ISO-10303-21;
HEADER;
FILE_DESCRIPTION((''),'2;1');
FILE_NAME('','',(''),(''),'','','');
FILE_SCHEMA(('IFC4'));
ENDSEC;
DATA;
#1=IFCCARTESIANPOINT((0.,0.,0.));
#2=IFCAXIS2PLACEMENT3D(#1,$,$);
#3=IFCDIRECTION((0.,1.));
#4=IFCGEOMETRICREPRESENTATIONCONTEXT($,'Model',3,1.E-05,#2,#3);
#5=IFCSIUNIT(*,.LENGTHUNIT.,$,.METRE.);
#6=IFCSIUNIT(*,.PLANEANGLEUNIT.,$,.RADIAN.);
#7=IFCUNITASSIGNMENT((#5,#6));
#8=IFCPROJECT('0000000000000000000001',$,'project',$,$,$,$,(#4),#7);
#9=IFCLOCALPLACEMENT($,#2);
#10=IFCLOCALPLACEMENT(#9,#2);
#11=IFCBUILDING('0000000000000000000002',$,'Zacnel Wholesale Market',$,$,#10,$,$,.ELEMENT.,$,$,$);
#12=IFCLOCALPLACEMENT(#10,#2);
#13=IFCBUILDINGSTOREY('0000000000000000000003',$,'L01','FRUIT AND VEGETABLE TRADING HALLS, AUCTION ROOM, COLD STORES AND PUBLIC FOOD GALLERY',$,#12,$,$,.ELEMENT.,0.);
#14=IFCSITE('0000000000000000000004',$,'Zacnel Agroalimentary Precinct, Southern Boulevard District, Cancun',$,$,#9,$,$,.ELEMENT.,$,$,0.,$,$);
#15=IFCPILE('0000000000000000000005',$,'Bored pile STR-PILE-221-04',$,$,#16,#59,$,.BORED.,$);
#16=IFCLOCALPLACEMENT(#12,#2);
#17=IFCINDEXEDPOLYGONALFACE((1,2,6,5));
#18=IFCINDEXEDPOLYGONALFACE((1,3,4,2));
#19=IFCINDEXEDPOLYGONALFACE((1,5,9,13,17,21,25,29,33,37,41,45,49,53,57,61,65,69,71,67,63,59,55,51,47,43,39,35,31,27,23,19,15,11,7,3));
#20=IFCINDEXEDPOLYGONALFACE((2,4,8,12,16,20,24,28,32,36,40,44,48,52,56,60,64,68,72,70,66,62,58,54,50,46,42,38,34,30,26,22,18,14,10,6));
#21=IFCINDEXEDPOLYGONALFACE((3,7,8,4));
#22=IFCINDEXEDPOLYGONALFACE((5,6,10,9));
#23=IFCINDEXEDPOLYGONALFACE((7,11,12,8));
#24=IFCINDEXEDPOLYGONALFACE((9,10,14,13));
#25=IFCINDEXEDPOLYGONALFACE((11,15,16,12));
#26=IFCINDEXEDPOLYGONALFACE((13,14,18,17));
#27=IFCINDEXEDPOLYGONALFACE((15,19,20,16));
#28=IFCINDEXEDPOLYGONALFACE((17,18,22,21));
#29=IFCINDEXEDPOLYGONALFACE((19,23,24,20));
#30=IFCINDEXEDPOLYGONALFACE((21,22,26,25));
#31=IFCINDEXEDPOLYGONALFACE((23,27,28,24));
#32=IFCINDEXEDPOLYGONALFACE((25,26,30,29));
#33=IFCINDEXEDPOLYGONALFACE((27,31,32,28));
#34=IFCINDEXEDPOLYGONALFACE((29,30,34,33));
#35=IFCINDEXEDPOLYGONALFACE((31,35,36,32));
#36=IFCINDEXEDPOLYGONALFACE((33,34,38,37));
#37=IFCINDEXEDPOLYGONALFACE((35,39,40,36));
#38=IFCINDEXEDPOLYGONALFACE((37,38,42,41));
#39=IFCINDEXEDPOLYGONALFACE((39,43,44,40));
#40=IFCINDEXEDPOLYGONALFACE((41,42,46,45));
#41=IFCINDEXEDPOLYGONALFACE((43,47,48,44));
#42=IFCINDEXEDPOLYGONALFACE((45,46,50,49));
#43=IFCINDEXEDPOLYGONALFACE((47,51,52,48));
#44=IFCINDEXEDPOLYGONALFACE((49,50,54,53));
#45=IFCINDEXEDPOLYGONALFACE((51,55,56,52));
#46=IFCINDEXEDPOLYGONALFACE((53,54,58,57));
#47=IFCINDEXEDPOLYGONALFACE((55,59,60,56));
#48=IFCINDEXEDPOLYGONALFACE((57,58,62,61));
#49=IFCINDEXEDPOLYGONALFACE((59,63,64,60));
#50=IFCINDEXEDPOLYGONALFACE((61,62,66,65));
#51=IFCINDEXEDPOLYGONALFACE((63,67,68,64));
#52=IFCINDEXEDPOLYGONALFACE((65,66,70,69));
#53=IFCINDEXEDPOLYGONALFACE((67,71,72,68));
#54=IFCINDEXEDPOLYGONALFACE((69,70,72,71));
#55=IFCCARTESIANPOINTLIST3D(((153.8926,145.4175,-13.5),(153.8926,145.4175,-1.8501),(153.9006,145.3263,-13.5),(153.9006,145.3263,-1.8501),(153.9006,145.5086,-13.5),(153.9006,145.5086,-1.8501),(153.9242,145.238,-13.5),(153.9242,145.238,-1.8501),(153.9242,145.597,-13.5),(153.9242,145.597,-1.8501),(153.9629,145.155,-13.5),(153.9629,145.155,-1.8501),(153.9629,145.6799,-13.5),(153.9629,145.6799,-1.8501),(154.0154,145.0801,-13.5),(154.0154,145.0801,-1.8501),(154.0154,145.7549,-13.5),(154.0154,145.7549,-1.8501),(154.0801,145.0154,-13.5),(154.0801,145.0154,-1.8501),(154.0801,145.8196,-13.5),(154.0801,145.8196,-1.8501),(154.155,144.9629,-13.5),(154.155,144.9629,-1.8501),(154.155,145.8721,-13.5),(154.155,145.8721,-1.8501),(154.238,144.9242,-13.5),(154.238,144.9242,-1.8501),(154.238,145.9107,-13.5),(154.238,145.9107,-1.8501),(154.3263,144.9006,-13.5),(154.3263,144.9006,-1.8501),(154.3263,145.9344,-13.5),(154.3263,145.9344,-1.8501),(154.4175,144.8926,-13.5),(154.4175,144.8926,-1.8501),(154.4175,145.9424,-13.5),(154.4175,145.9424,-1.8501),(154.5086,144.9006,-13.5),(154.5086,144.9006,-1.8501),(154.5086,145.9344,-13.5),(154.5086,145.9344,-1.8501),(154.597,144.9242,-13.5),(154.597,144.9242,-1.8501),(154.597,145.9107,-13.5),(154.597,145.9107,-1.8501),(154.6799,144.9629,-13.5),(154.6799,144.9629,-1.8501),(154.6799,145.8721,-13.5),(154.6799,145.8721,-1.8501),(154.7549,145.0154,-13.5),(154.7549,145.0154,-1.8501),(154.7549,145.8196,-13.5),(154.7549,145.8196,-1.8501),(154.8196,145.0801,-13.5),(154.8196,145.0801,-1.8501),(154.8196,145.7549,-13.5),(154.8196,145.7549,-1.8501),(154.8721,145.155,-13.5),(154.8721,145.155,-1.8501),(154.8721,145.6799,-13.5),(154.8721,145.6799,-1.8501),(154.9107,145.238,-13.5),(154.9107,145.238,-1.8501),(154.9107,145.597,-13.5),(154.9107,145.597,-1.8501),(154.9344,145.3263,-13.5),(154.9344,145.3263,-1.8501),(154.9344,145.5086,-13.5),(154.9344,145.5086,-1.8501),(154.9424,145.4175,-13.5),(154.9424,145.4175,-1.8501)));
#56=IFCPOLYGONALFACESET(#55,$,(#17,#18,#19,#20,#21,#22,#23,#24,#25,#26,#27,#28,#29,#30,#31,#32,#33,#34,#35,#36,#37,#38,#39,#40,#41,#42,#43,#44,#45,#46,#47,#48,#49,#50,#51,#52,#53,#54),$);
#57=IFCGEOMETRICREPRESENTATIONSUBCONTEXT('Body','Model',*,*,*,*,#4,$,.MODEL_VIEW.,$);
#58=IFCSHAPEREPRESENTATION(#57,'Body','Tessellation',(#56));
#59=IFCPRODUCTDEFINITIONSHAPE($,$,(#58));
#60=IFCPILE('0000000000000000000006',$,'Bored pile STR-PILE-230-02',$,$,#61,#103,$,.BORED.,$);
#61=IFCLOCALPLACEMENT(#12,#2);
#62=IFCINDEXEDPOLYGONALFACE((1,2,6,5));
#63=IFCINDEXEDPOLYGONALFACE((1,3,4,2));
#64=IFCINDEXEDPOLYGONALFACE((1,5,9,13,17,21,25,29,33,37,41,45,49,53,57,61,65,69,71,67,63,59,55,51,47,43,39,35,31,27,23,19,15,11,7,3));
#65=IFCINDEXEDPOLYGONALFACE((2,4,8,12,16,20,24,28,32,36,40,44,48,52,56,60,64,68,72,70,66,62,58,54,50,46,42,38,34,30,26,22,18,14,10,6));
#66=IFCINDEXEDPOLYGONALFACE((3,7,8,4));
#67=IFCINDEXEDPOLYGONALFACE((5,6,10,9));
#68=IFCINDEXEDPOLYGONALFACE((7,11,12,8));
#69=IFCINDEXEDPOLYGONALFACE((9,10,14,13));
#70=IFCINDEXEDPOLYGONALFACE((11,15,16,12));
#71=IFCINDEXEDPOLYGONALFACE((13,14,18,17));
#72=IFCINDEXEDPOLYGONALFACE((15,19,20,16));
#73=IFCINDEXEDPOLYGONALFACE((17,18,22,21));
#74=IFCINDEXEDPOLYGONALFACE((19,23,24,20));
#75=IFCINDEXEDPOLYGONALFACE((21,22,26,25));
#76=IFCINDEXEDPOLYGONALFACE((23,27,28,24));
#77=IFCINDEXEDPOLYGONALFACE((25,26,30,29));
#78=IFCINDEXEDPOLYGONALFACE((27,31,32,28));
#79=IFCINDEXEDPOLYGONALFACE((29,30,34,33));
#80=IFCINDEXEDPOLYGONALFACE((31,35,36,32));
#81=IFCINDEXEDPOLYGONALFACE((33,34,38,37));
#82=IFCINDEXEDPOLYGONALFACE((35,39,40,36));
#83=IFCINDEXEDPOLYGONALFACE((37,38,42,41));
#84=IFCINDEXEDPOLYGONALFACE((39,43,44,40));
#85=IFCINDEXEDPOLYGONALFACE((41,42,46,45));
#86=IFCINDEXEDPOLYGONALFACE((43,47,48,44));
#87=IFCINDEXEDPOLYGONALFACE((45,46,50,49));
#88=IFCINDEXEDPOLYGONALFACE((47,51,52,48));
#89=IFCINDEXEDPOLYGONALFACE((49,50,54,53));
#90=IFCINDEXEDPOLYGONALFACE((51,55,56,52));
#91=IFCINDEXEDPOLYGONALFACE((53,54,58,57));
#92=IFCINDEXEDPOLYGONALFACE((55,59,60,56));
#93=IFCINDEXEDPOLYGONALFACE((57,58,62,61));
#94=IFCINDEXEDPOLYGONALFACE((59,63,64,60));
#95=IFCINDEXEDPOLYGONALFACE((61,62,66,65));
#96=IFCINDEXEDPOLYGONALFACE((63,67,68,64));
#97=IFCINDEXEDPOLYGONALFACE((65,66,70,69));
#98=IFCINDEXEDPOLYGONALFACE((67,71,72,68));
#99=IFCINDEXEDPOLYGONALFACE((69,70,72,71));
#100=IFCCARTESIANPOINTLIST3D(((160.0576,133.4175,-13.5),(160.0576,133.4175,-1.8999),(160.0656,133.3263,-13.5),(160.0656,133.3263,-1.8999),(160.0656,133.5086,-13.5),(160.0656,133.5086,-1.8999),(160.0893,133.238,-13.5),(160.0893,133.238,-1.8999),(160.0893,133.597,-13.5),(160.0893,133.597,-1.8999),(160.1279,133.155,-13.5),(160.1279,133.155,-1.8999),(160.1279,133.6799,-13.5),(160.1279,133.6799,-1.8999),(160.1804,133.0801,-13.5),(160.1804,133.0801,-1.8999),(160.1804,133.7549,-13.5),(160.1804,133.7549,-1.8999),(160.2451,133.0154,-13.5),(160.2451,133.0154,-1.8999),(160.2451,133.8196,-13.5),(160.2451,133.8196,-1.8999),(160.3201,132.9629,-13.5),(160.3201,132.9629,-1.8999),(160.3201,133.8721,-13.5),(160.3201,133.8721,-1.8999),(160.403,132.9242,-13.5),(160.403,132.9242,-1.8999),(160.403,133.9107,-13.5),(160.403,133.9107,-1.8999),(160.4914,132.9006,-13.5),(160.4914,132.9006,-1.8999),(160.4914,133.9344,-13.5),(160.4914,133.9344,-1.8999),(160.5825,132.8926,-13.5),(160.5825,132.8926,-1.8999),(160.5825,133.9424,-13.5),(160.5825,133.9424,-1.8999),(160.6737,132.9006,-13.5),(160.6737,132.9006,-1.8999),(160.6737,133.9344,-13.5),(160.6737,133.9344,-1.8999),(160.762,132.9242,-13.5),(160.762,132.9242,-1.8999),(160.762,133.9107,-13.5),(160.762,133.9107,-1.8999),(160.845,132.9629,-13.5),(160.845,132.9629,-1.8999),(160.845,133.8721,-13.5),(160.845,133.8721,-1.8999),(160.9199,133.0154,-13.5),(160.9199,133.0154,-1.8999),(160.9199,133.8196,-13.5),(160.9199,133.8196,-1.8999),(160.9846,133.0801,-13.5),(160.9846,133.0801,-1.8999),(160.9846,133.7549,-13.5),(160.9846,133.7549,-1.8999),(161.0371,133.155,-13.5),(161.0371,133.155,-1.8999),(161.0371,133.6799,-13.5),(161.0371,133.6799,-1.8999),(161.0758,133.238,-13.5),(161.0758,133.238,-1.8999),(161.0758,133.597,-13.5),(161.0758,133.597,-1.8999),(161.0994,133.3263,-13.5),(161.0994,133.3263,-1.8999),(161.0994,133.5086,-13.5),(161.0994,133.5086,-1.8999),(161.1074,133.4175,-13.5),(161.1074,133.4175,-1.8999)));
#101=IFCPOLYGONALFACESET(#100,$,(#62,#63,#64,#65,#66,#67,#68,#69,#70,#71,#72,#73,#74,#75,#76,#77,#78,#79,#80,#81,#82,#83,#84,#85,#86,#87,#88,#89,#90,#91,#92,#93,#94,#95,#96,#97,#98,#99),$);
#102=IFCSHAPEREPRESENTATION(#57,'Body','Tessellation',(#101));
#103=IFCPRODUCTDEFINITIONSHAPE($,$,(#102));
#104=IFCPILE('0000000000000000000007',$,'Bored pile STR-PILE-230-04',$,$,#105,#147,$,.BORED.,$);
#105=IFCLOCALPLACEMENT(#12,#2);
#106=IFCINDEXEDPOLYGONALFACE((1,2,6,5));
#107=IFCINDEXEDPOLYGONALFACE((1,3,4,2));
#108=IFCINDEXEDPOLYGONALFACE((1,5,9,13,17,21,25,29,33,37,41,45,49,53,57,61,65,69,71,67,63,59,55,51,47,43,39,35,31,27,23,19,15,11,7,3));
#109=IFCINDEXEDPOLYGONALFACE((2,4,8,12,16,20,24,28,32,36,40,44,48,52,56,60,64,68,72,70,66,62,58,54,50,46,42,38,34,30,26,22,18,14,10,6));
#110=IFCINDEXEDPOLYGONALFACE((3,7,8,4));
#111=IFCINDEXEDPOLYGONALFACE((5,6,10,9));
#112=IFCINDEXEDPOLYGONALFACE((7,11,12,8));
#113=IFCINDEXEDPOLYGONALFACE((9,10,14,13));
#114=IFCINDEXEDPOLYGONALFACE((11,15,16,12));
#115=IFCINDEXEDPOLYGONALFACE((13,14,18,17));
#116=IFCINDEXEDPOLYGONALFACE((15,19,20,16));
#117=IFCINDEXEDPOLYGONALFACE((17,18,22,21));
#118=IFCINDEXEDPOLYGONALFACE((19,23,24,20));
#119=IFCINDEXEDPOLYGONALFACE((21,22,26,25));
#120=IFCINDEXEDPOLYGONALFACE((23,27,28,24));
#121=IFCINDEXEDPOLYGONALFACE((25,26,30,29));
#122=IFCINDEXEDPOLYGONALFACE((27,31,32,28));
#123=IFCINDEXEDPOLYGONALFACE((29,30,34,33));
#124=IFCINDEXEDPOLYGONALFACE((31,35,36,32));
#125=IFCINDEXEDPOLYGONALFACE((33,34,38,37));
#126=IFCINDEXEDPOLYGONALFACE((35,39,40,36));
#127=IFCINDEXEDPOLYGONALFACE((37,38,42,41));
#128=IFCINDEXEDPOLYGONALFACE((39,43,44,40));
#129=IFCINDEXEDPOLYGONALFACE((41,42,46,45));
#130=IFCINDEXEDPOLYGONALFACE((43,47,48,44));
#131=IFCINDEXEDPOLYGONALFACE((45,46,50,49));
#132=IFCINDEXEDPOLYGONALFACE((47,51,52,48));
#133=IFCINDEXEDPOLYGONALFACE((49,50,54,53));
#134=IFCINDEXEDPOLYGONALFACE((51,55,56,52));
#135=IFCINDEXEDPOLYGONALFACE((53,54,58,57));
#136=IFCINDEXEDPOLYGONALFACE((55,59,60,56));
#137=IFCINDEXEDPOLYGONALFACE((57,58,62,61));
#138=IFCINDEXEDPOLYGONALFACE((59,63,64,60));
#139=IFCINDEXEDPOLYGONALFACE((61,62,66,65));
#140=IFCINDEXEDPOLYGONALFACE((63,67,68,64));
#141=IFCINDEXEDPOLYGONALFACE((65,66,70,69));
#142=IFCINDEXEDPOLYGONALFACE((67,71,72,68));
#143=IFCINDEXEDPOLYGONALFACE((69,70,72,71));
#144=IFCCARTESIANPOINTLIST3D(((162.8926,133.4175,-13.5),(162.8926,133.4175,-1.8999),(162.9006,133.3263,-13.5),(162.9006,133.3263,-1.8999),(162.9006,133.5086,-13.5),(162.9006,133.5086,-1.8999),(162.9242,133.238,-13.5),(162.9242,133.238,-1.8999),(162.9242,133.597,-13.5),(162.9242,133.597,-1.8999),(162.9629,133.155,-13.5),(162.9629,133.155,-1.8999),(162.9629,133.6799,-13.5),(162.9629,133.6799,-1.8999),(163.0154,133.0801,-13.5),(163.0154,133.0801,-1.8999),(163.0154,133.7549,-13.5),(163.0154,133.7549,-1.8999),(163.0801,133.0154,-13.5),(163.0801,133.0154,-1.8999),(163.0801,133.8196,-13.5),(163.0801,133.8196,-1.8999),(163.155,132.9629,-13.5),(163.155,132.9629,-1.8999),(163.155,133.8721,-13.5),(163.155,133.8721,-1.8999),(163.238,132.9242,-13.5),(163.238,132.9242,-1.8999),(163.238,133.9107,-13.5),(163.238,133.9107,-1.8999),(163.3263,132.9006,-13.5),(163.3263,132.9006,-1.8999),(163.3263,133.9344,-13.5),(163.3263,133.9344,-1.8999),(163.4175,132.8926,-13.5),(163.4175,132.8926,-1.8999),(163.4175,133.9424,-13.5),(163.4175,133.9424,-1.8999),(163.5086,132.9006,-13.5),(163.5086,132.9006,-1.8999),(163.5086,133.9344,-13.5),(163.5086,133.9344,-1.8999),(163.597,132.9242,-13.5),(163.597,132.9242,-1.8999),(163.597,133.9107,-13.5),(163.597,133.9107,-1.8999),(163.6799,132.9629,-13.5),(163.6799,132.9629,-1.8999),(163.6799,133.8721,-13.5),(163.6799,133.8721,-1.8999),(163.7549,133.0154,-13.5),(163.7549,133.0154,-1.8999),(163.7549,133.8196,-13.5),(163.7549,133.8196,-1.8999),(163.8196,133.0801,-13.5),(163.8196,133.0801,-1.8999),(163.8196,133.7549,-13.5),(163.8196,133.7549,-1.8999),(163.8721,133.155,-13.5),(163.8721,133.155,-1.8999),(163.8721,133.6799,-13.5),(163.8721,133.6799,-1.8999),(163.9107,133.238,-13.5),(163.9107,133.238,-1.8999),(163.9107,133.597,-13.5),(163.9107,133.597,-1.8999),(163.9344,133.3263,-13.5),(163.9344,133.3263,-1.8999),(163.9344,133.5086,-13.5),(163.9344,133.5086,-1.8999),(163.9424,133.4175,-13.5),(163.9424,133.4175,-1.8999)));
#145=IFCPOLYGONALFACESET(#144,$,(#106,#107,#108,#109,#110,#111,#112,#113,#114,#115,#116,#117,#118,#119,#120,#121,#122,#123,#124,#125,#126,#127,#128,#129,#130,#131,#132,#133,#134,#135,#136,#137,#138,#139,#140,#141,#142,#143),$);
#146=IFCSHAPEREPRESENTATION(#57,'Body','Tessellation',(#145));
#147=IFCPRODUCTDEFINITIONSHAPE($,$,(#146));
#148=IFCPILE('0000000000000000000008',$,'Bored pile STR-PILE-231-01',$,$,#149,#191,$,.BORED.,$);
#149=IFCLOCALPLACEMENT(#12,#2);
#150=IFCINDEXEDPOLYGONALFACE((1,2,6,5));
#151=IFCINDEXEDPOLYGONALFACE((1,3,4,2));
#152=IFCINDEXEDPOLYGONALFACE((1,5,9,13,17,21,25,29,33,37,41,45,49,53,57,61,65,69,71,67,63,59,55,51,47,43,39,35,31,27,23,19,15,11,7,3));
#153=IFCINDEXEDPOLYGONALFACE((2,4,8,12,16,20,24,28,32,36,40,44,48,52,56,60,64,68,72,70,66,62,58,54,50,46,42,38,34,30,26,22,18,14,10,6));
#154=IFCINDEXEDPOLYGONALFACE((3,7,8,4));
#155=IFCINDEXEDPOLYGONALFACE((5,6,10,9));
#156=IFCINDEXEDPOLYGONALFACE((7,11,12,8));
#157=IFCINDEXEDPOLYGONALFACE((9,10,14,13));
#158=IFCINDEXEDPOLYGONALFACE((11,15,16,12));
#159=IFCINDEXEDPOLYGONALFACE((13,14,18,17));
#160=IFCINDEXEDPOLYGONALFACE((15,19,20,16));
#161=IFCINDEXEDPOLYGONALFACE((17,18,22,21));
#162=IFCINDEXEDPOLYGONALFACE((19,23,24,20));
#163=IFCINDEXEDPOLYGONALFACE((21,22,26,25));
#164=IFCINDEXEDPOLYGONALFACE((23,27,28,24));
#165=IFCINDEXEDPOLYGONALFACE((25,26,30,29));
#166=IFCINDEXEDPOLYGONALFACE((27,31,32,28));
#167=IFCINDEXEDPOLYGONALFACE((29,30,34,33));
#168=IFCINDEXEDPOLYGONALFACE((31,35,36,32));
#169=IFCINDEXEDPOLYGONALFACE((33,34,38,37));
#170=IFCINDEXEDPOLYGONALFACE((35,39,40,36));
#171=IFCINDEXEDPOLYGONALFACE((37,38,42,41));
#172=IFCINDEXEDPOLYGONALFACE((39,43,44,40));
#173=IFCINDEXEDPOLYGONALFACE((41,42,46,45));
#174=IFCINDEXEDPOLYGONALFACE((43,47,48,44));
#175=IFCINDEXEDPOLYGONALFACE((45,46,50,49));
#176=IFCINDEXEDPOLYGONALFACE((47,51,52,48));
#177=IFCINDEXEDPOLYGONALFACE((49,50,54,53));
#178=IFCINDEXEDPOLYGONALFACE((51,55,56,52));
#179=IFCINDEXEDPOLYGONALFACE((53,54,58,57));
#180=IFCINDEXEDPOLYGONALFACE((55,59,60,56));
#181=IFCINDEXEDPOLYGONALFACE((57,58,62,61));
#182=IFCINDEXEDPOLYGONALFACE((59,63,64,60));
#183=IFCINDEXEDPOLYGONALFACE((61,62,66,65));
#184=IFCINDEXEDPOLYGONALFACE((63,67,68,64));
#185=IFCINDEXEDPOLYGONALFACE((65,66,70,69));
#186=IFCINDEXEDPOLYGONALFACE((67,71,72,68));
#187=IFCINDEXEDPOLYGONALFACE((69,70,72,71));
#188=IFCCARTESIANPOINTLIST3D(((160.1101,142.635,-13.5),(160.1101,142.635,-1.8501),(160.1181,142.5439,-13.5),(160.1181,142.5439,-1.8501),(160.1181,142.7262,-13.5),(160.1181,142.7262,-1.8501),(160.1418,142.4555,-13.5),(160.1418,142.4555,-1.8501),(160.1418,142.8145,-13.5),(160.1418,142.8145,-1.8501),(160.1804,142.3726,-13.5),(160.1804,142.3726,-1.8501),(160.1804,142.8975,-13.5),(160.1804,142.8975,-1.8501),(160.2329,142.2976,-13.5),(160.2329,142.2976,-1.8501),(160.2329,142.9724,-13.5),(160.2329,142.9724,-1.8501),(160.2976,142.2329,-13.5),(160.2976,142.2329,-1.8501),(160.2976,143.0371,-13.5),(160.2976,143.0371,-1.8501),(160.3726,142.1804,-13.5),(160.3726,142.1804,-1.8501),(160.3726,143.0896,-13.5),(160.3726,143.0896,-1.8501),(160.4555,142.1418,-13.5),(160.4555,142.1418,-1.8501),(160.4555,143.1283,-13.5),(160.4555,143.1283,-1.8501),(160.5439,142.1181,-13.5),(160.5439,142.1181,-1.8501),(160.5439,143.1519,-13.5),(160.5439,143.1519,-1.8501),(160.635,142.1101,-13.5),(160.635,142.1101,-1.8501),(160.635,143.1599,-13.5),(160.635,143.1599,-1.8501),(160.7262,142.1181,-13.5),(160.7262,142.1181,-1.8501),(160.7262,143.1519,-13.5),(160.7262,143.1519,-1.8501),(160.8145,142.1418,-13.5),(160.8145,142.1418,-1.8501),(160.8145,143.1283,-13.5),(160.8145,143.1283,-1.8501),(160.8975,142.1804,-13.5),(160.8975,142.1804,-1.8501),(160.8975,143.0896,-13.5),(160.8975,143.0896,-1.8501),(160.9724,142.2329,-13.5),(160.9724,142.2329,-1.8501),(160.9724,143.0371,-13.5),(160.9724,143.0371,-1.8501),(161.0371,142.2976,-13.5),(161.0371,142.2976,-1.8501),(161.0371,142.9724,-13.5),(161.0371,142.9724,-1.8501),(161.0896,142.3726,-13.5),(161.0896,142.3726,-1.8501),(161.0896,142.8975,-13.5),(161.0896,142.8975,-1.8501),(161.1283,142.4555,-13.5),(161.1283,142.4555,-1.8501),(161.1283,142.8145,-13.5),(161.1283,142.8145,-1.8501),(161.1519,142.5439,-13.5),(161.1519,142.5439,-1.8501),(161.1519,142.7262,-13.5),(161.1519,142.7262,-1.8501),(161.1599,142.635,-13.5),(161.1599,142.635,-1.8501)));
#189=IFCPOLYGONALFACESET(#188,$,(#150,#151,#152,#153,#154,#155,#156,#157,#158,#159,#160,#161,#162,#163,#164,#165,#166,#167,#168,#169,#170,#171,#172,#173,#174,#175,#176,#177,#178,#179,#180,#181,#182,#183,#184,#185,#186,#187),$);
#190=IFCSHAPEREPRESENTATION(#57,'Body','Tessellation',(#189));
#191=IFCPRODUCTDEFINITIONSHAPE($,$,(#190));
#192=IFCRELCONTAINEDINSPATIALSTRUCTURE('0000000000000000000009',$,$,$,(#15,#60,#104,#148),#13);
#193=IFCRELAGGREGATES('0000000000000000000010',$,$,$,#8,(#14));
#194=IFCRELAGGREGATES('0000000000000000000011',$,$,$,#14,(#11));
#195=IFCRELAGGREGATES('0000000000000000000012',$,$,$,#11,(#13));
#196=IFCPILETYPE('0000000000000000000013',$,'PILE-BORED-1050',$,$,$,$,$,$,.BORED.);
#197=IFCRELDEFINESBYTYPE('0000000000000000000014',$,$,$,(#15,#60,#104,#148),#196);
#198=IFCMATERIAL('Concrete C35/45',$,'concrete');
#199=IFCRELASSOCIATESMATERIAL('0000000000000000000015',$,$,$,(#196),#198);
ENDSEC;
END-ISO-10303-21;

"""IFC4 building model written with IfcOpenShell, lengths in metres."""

from ifc_helpers import new_model, si_unit, direction, frame, origin, origin_2d, place, context, subcontext, project, spatial, circle, extrude, material, material_profile, profile_set, type_object, element, save


model = new_model("IFC4")

# Units and contexts
model_context = context("Model", 3, precision=1e-05, world=origin(), true_north=direction((0.0, 1.0)))
body_context = subcontext(model_context, "Body", "Model", "MODEL_VIEW")
ifc_project = project(units=[si_unit("LENGTHUNIT", "METRE"), si_unit("PLANEANGLEUNIT", "RADIAN")], contexts=[model_context])

# Site, building, storey
site_placement = place(None, origin())
site = spatial("IfcSite", under=ifc_project, at=site_placement, Name="Zacnel Agroalimentary Precinct, Southern Boulevard District, Cancun", CompositionType="ELEMENT", RefElevation=0.0)
building_placement = place(site_placement, origin())
building = spatial("IfcBuilding", under=site, at=building_placement, Name="Zacnel Wholesale Market", CompositionType="ELEMENT")
storey_placement = place(building_placement, origin())
storey = spatial("IfcBuildingStorey", under=building, at=storey_placement, Name="L01", Description="FRUIT AND VEGETABLE TRADING HALLS, AUCTION ROOM, COLD STORES AND PUBLIC FOOD GALLERY", CompositionType="ELEMENT", Elevation=0.0)

# Piles
ifc_material_1 = material(Name="Concrete C35/45", Category="concrete")
ifc_material_profile_1 = material_profile(ifc_material_1, circle(Radius=0.5249, at=origin_2d()), Name="BORED PILE D1050")
ifc_profile_set_1 = profile_set([ifc_material_profile_1], Name="Concrete C35/45")
pile_type = type_object("IfcPileType", Name="PILE-BORED-1050", PredefinedType="BORED", material=ifc_profile_set_1)
for number, where, z_axis, x_axis, name in (
    (1, (154.4175, 145.4175, -1.8501), (0.0, 0.0, -1.0), (1.0, 0.0, 0.0), "Bored pile STR-PILE-221-04"),
):
    element("IfcPile", number, at=place(storey_placement, frame(where, z_axis=z_axis, x_axis=x_axis)), inside=storey, type_object=pile_type, Name=name, PredefinedType="BORED", context=body_context, shape_type="SweptSolid", body=[
        extrude(circle(Radius=0.5249, at=origin_2d()), origin(), (0.0, 0.0, 1.0), 11.6499),
    ])
for number, where, z_axis, x_axis, name in (
    (2, (160.5825, 133.4175, -1.8999), (0.0, 0.0, -1.0), (1.0, 0.0, 0.0), "Bored pile STR-PILE-230-02"),
    (3, (163.4175, 133.4175, -1.8999), (0.0, 0.0, -1.0), (1.0, 0.0, 0.0), "Bored pile STR-PILE-230-04"),
):
    element("IfcPile", number, at=place(storey_placement, frame(where, z_axis=z_axis, x_axis=x_axis)), inside=storey, type_object=pile_type, Name=name, PredefinedType="BORED", context=body_context, shape_type="SweptSolid", body=[
        extrude(circle(Radius=0.5249, at=origin_2d()), origin(), (0.0, 0.0, 1.0), 11.6001),
    ])
for number, where, z_axis, x_axis, name in (
    (4, (160.635, 142.635, -1.8501), (0.0, 0.0, -1.0), (1.0, 0.0, 0.0), "Bored pile STR-PILE-231-01"),
):
    element("IfcPile", number, at=place(storey_placement, frame(where, z_axis=z_axis, x_axis=x_axis)), inside=storey, type_object=pile_type, Name=name, PredefinedType="BORED", context=body_context, shape_type="SweptSolid", body=[
        extrude(circle(Radius=0.5249, at=origin_2d()), origin(), (0.0, 0.0, 1.0), 11.6499),
    ])

save(model, "model.ifc")
